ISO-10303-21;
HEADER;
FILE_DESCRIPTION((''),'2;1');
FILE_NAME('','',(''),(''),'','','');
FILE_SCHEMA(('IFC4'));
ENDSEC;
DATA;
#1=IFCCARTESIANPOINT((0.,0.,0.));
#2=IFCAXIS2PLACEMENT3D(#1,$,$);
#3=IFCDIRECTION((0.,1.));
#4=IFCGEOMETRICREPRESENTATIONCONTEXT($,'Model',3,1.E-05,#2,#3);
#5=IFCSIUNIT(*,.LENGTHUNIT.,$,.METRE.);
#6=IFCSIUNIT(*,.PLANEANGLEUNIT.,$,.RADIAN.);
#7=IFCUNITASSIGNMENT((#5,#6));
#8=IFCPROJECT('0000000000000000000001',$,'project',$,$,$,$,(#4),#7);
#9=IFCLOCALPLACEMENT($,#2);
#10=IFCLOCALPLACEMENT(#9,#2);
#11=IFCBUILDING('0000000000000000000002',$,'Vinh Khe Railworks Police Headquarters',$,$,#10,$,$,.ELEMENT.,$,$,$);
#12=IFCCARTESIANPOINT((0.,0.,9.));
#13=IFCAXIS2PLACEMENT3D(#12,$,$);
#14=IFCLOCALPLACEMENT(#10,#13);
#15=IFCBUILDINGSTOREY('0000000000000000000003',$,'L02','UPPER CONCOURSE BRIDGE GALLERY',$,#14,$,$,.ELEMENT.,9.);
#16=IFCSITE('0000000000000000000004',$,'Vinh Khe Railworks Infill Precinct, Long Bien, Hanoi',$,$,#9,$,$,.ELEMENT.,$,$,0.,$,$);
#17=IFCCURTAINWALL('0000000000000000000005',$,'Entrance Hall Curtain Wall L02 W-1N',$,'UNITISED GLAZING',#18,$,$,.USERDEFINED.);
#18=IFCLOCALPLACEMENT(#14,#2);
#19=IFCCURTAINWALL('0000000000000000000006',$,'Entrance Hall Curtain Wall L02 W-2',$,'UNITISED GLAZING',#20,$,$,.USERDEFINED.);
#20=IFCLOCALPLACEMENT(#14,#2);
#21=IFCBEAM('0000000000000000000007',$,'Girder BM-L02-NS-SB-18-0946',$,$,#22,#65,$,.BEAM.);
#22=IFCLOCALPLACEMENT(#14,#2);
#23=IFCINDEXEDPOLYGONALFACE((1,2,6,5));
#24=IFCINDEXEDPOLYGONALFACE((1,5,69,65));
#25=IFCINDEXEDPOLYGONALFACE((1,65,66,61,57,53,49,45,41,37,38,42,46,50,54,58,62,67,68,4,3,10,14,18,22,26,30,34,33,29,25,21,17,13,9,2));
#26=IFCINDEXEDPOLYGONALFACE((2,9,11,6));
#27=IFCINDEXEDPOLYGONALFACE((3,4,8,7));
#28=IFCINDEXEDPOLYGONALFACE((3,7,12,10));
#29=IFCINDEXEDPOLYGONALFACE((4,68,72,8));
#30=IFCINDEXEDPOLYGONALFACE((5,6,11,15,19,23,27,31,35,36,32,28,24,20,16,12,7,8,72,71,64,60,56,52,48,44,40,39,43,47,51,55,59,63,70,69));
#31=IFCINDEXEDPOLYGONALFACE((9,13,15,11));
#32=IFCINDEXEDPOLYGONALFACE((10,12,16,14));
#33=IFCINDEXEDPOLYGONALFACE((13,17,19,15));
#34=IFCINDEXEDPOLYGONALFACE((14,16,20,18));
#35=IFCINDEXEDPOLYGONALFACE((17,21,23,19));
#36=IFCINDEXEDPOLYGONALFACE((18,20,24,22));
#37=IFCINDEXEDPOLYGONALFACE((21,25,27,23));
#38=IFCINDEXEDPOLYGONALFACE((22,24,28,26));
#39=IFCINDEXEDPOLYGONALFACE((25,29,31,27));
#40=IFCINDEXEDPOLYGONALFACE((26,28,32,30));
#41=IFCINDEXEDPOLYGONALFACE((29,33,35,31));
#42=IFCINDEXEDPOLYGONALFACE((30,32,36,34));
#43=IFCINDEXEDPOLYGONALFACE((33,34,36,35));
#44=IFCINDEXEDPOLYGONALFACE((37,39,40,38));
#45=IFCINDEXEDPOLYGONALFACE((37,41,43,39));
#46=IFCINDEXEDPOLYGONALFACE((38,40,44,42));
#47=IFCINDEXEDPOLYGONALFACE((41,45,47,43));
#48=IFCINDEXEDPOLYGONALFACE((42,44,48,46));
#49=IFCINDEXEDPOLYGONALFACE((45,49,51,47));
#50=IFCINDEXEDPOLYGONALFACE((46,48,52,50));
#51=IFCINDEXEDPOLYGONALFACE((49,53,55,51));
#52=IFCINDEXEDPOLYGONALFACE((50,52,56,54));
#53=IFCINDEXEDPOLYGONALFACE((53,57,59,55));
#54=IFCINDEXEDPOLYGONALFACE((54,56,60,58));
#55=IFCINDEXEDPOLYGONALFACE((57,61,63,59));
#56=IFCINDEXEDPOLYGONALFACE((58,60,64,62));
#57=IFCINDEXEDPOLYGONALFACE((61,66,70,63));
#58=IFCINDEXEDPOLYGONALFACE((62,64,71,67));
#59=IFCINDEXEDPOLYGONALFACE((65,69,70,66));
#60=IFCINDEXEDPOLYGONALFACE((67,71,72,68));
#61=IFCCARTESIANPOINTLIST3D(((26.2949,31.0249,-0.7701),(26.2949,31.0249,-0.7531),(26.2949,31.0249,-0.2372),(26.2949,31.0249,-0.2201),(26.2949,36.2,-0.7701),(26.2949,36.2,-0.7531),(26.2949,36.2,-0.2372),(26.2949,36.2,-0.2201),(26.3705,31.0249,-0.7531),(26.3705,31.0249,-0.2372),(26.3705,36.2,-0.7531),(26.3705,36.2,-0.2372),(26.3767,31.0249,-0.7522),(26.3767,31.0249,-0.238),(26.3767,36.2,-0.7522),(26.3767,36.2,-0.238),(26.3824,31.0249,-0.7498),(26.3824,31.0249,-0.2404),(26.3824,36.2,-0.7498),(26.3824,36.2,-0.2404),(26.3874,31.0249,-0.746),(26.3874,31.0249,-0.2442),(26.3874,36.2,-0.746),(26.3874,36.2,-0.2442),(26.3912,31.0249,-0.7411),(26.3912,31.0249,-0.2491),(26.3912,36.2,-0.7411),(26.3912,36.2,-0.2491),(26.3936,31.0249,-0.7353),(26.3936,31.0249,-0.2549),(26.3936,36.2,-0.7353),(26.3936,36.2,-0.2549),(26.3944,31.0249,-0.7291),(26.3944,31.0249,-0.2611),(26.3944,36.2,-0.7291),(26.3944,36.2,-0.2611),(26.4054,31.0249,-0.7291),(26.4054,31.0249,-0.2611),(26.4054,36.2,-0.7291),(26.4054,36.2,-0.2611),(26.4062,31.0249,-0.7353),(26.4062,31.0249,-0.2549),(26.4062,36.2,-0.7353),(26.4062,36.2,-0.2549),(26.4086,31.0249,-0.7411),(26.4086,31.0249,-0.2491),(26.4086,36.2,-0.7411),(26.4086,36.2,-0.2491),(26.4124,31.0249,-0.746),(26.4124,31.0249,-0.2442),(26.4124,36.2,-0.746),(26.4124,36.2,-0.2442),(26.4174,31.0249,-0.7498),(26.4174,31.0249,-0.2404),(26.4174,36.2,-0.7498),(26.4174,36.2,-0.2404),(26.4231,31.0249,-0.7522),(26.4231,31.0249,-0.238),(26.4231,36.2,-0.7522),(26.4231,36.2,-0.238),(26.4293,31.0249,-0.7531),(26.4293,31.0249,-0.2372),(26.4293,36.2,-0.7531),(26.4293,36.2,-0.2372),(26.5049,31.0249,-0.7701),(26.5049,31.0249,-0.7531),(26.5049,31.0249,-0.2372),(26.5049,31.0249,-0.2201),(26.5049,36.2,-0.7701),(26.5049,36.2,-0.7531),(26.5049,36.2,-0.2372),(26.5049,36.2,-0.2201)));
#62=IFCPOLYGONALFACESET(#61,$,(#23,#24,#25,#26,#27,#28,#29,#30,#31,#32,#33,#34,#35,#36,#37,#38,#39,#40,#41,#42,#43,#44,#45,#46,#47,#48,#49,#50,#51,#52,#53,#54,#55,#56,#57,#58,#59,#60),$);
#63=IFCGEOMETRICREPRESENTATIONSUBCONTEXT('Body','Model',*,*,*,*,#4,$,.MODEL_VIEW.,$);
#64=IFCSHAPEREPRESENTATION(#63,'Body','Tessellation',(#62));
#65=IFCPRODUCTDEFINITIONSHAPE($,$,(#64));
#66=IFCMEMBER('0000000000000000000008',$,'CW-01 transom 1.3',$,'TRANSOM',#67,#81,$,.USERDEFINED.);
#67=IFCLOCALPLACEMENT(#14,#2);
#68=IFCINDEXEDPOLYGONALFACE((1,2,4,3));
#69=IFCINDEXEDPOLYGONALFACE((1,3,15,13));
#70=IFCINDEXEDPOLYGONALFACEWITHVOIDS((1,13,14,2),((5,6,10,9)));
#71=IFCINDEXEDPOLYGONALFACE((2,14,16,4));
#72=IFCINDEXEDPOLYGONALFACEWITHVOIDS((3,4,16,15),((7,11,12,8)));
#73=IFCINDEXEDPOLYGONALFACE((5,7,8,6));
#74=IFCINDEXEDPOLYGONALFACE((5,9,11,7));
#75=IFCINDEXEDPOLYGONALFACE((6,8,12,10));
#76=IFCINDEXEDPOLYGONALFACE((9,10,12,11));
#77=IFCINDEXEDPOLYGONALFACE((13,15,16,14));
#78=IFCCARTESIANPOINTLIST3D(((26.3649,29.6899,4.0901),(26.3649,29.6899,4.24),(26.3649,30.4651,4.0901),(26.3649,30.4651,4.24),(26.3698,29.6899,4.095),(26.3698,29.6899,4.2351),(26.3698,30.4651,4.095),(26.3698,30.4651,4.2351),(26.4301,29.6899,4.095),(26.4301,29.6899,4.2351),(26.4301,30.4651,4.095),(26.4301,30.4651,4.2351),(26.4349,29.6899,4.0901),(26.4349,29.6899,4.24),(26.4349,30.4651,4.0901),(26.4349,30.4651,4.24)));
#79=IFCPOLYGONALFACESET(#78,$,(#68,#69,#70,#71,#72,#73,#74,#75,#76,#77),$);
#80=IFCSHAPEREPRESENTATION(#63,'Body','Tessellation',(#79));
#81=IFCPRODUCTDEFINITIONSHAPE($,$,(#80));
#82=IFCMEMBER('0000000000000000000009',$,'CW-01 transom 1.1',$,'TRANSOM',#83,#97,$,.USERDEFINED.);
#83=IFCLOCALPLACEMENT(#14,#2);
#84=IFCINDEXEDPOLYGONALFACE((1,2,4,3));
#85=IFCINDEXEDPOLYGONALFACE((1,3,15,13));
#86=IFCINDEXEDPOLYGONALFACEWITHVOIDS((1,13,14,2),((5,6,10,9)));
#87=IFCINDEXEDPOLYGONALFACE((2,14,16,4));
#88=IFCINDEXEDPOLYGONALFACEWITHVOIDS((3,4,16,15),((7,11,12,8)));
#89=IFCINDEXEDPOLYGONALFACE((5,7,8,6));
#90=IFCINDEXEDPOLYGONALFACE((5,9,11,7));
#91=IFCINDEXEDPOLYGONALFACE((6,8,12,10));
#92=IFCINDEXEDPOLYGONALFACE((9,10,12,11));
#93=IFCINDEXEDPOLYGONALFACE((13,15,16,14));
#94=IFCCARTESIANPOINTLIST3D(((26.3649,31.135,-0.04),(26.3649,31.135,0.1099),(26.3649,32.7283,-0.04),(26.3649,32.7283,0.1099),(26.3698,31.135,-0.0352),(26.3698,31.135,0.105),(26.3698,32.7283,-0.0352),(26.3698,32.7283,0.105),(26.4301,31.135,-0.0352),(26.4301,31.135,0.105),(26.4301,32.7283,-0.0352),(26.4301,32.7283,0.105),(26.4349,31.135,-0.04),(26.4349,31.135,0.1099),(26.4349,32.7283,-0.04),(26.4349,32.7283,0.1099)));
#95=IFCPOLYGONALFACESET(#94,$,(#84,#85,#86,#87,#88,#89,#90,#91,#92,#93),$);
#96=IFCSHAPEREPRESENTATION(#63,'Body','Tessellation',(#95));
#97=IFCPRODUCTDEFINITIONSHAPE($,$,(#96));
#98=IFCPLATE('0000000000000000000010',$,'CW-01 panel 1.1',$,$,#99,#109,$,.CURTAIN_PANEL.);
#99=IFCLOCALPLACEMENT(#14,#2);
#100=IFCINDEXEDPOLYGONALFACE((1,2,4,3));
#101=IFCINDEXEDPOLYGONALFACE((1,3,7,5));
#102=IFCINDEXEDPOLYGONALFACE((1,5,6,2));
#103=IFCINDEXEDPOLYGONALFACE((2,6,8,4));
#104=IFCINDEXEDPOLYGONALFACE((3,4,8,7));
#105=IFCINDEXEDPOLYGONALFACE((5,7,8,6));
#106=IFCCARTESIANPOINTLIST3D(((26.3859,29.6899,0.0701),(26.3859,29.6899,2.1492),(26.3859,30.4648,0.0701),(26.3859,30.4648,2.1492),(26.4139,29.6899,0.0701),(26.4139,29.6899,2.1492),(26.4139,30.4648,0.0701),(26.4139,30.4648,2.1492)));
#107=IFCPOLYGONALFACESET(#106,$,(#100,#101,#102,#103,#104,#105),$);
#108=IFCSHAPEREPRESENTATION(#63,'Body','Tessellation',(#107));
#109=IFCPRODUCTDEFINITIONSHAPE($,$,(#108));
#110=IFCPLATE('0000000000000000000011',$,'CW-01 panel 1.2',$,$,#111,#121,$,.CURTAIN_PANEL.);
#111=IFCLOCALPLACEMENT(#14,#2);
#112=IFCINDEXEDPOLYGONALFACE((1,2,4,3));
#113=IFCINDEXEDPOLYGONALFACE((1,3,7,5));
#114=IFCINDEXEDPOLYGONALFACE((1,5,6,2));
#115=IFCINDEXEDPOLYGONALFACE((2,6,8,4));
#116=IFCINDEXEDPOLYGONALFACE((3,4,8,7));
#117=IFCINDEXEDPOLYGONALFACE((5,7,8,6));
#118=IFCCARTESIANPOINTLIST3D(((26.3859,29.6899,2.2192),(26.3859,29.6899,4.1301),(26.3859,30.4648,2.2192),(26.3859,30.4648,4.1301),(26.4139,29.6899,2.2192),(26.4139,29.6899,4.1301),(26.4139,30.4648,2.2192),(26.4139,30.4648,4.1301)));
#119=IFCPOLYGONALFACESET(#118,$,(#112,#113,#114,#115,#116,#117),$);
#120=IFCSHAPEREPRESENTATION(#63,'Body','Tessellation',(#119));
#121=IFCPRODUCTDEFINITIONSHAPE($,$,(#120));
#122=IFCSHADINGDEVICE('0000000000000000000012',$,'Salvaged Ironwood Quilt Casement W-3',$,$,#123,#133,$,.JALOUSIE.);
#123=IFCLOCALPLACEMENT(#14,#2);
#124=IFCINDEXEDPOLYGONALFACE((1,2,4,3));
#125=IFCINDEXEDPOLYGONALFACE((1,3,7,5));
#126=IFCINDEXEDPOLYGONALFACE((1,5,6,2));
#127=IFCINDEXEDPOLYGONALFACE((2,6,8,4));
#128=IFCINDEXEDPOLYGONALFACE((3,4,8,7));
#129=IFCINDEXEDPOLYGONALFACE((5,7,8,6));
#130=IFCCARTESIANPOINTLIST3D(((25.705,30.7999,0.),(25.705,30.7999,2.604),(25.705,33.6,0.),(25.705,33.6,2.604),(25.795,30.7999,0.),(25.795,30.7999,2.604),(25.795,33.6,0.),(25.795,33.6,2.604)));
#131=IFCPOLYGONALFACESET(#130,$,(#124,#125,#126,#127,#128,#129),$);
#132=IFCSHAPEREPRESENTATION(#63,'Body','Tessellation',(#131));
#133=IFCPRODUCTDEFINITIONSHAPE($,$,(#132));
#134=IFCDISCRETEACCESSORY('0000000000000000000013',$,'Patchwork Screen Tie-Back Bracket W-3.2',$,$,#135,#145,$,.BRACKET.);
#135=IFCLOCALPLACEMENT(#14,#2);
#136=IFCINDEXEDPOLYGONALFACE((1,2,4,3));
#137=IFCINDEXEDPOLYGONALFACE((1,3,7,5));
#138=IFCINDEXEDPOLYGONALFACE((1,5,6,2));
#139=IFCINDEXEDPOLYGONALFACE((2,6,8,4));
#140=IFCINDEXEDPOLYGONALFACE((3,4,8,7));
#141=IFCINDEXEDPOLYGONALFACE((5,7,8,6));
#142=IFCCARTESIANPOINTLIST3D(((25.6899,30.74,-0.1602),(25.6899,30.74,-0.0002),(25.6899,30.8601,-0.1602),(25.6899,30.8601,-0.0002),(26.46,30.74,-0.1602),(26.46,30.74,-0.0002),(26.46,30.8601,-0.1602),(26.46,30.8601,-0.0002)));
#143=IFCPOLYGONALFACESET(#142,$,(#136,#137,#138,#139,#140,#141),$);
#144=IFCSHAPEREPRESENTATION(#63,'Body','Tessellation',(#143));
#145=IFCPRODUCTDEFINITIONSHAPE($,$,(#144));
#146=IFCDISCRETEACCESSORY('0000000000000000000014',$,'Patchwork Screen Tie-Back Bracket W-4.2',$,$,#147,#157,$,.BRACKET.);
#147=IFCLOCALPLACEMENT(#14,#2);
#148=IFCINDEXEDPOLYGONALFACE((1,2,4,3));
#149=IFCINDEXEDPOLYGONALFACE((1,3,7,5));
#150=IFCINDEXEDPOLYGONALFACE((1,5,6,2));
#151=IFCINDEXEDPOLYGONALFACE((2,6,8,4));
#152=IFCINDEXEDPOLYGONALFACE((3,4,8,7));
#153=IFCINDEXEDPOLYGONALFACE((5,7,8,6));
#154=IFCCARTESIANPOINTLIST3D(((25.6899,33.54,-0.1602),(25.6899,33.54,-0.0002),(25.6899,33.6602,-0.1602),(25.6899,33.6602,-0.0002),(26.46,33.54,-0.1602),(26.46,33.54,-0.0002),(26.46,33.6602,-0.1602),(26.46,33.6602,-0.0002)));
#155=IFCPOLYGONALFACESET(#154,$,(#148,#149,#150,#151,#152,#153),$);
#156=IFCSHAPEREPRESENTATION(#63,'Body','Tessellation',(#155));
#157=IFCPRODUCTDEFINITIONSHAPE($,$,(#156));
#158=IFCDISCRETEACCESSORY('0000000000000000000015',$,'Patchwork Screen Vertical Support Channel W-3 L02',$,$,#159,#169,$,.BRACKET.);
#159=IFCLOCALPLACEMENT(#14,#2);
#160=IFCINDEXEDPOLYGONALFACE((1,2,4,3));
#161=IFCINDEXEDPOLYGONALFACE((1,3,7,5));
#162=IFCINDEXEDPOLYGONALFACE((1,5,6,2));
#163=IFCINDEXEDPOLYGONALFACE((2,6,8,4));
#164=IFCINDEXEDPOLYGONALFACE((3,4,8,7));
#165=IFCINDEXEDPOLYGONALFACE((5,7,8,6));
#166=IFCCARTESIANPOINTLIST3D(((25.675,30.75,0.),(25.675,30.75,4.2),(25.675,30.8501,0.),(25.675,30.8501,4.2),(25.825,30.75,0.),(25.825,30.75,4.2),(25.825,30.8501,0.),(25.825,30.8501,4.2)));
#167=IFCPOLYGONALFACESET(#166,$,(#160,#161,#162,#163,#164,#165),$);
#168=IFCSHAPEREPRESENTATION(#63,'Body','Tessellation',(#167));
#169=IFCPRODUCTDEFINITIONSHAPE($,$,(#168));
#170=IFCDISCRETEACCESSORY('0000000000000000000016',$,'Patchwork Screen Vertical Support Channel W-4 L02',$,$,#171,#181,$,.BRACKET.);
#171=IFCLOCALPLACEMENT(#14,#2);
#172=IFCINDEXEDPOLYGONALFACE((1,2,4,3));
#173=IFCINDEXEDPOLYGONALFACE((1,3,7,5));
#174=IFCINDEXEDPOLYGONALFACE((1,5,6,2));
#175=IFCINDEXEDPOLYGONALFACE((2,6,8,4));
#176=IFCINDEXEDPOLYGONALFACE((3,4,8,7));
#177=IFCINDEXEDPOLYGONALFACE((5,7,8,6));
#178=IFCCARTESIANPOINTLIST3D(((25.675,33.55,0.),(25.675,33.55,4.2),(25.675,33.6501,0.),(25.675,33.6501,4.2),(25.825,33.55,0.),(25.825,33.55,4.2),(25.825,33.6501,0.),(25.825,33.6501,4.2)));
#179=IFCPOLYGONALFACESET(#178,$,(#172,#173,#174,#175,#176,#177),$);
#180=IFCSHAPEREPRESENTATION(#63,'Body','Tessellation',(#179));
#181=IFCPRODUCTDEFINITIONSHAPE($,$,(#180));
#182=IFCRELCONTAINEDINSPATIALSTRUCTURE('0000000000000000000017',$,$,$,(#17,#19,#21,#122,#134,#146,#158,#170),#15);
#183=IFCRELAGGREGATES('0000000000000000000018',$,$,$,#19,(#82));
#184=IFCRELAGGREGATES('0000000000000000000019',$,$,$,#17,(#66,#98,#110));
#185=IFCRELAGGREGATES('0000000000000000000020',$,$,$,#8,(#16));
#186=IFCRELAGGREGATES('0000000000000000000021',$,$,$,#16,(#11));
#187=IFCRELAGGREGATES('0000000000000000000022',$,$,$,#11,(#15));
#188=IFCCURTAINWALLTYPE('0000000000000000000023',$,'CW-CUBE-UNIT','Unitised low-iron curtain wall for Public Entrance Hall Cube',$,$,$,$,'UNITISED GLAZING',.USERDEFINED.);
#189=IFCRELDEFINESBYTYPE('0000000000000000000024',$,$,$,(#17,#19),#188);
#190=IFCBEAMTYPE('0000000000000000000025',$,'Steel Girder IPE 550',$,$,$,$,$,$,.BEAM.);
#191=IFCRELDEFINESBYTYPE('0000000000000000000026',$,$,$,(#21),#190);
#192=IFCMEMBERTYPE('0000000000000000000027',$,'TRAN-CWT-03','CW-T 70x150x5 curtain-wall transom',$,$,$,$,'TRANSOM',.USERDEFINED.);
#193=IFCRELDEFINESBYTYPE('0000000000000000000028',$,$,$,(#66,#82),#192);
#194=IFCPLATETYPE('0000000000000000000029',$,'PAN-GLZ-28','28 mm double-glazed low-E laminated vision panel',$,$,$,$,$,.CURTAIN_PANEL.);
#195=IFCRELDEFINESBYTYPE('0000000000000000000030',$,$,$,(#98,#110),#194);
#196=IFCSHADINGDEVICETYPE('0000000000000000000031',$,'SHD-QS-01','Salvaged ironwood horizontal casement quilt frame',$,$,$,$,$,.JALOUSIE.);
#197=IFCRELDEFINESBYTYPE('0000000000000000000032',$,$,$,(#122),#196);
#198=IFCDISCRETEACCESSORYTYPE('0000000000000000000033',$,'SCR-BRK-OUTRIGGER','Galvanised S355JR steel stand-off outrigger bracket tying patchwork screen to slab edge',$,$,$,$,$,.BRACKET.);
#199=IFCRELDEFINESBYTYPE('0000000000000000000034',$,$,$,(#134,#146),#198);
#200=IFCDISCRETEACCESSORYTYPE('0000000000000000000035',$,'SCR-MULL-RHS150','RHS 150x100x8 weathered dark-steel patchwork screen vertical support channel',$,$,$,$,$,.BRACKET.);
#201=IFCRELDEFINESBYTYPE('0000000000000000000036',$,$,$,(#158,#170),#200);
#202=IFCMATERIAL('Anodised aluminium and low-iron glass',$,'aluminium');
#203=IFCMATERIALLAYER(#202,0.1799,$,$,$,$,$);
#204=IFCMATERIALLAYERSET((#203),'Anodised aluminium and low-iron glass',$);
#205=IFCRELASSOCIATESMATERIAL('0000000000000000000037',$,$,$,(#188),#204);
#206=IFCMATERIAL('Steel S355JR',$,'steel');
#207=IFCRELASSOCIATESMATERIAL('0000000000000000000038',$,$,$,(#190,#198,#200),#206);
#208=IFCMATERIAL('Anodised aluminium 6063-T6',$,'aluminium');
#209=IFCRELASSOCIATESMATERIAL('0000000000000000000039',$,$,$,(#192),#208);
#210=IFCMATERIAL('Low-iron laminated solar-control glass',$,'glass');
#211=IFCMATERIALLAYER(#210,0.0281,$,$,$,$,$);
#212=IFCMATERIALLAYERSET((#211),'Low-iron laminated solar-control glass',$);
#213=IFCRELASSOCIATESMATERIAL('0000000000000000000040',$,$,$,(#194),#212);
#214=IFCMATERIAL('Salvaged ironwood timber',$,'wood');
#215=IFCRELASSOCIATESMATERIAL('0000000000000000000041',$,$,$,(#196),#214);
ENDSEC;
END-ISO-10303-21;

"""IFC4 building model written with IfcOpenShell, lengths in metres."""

from ifc_helpers import new_model, si_unit, direction, frame, origin, origin_2d, place, context, subcontext, project, spatial, rectangle, hollow_rectangle, i_section, extrude, material, layer, layer_set, material_profile, profile_set, type_object, element, aggregate, save


model = new_model("IFC4")

# Units and contexts
model_context = context("Model", 3, precision=1e-05, world=origin(), true_north=direction((0.0, 1.0)))
body_context = subcontext(model_context, "Body", "Model", "MODEL_VIEW")
ifc_project = project(units=[si_unit("LENGTHUNIT", "METRE"), si_unit("PLANEANGLEUNIT", "RADIAN")], contexts=[model_context])

# Site, building, storey
site_placement = place(None, origin())
site = spatial("IfcSite", under=ifc_project, at=site_placement, Name="Vinh Khe Railworks Infill Precinct, Long Bien, Hanoi", CompositionType="ELEMENT", RefElevation=0.0)
building_placement = place(site_placement, origin())
building = spatial("IfcBuilding", under=site, at=building_placement, Name="Vinh Khe Railworks Police Headquarters", CompositionType="ELEMENT")
storey_placement = place(building_placement, frame((0.0, 0.0, 9.0)))
storey = spatial("IfcBuildingStorey", under=building, at=storey_placement, Name="L02", Description="UPPER CONCOURSE BRIDGE GALLERY", CompositionType="ELEMENT", Elevation=9.0)

# Shared definitions
ifc_material_1 = material(Name="Steel S355JR", Category="steel")

# Shared definitions
ifc_material_2 = material(Name="Salvaged ironwood timber", Category="wood")

# Curtain walls
ifc_material_3 = material(Name="Anodised aluminium and low-iron glass", Category="aluminium")
ifc_layer_1 = layer(ifc_material_3, 0.1799)
ifc_layer_set_1 = layer_set([ifc_layer_1], Name="Anodised aluminium and low-iron glass")
curtain_wall_type = type_object("IfcCurtainWallType", Name="CW-CUBE-UNIT", Description="Unitised low-iron curtain wall for Public Entrance Hall Cube", ElementType="UNITISED GLAZING", PredefinedType="USERDEFINED", material=ifc_layer_set_1)
curtain_wall_1_placement = place(storey_placement, origin())
curtain_wall_1 = element("IfcCurtainWall", 1, at=curtain_wall_1_placement, inside=storey, type_object=curtain_wall_type, Name="Entrance Hall Curtain Wall L02 W-1N", ObjectType="UNITISED GLAZING", PredefinedType="USERDEFINED")
ifc_material_4 = material(Name="Anodised aluminium 6063-T6", Category="aluminium")
curtain_wall_2_placement = place(storey_placement, origin())
curtain_wall_2 = element("IfcCurtainWall", 2, at=curtain_wall_2_placement, inside=storey, type_object=curtain_wall_type, Name="Entrance Hall Curtain Wall L02 W-2", ObjectType="UNITISED GLAZING", PredefinedType="USERDEFINED")

# Beam
ifc_material_profile_1 = material_profile(ifc_material_1, i_section(OverallWidth=0.21, OverallDepth=0.55, WebThickness=0.011, FlangeThickness=0.0171, FilletRadius=0.0239, at=origin_2d()), Name="IPE 550")
ifc_profile_set_1 = profile_set([ifc_material_profile_1], Name="Steel S355JR")
beam_type = type_object("IfcBeamType", Name="Steel Girder IPE 550", PredefinedType="BEAM", material=ifc_profile_set_1)
beam_placement = place(storey_placement, frame((26.3999, 31.0249, -0.4951), z_axis=(0.0, 1.0, 0.0), x_axis=(-1.0, 0.0, 0.0)))
element("IfcBeam", 3, at=beam_placement, inside=storey, type_object=beam_type, Name="Girder BM-L02-NS-SB-18-0946", PredefinedType="BEAM", context=body_context, shape_type="SweptSolid", body=[
    extrude(i_section(OverallWidth=0.21, OverallDepth=0.55, WebThickness=0.011, FlangeThickness=0.0171, FilletRadius=0.0239, at=origin_2d()), origin(), (0.0, 0.0, 1.0), 5.175),
])

# Members
ifc_material_profile_2 = material_profile(ifc_material_4, hollow_rectangle(XDim=0.0701, YDim=0.1499, WallThickness=0.0049, at=origin_2d()), Name="CW-T 70x150x5")
ifc_profile_set_2 = profile_set([ifc_material_profile_2], Name="Anodised aluminium 6063-T6")
member_type_1 = type_object("IfcMemberType", Name="TRAN-CWT-03", Description="CW-T 70x150x5 curtain-wall transom", ElementType="TRANSOM", PredefinedType="USERDEFINED", material=ifc_profile_set_2)
member_1_placement = place(storey_placement, frame((26.3999, 29.6899, 4.165), z_axis=(0.0, 1.0, 0.0), x_axis=(-1.0, 0.0, 0.0)))
member_1 = element("IfcMember", 4, at=member_1_placement, type_object=member_type_1, Name="CW-01 transom 1.3", ObjectType="TRANSOM", PredefinedType="USERDEFINED", context=body_context, shape_type="SweptSolid", body=[
    extrude(hollow_rectangle(XDim=0.0701, YDim=0.1499, WallThickness=0.0049, at=origin_2d()), origin(), (0.0, 0.0, 1.0), 0.7751),
])
member_2_placement = place(storey_placement, frame((26.3999, 31.135, 0.0349), z_axis=(0.0, 1.0, 0.0), x_axis=(-1.0, 0.0, 0.0)))
member_2 = element("IfcMember", 5, at=member_2_placement, type_object=member_type_1, Name="CW-01 transom 1.1", ObjectType="TRANSOM", PredefinedType="USERDEFINED", context=body_context, shape_type="SweptSolid", body=[
    extrude(hollow_rectangle(XDim=0.0701, YDim=0.1499, WallThickness=0.0049, at=origin_2d()), origin(), (0.0, 0.0, 1.0), 1.5933),
])
aggregate(curtain_wall_2, [member_2])

# Plates
ifc_material_5 = material(Name="Low-iron laminated solar-control glass", Category="glass")
ifc_layer_2 = layer(ifc_material_5, 0.0281)
ifc_layer_set_2 = layer_set([ifc_layer_2], Name="Low-iron laminated solar-control glass")
plate_type = type_object("IfcPlateType", Name="PAN-GLZ-28", Description="28 mm double-glazed low-E laminated vision panel", PredefinedType="CURTAIN_PANEL", material=ifc_layer_set_2)
plate_1_placement = place(storey_placement, frame((26.3999, 30.0774, 0.0701), z_axis=(0.0, 0.0, 1.0), x_axis=(0.0, 1.0, 0.0)))
plate_1 = element("IfcPlate", 6, at=plate_1_placement, type_object=plate_type, Name="CW-01 panel 1.1", PredefinedType="CURTAIN_PANEL", context=body_context, shape_type="SweptSolid", body=[
    extrude(rectangle(XDim=0.7749, YDim=0.0281, at=origin_2d()), origin(), (0.0, 0.0, 1.0), 2.0791),
])
plate_2_placement = place(storey_placement, frame((26.3999, 30.0774, 2.2192), z_axis=(0.0, 0.0, 1.0), x_axis=(0.0, 1.0, 0.0)))
plate_2 = element("IfcPlate", 7, at=plate_2_placement, type_object=plate_type, Name="CW-01 panel 1.2", PredefinedType="CURTAIN_PANEL", context=body_context, shape_type="SweptSolid", body=[
    extrude(rectangle(XDim=0.7749, YDim=0.0281, at=origin_2d()), origin(), (0.0, 0.0, 1.0), 1.9109),
])
aggregate(curtain_wall_1, [member_1, plate_1, plate_2])

# Shading device
shading_device_type = type_object("IfcShadingDeviceType", Name="SHD-QS-01", Description="Salvaged ironwood horizontal casement quilt frame", PredefinedType="JALOUSIE", material=ifc_material_2)
shading_device_placement = place(storey_placement, frame((25.75, 32.2, 0.0), z_axis=(0.0, 0.0, 1.0), x_axis=(0.0, 1.0, 0.0)))
element("IfcShadingDevice", 8, at=shading_device_placement, inside=storey, type_object=shading_device_type, Name="Salvaged Ironwood Quilt Casement W-3", PredefinedType="JALOUSIE", context=body_context, shape_type="SweptSolid", body=[
    extrude(rectangle(XDim=2.8, YDim=0.0901, at=origin_2d()), origin(), (0.0, 0.0, 1.0), 2.604),
])

# Discrete accessories
discrete_accessory_type_1 = type_object("IfcDiscreteAccessoryType", Name="SCR-BRK-OUTRIGGER", Description="Galvanised S355JR steel stand-off outrigger bracket tying patchwork screen to slab edge", PredefinedType="BRACKET", material=ifc_material_1)
for number, where, z_axis, x_axis, name in (
    (9, (26.075, 30.8, -0.1602), (0.0, 0.0, 1.0), (1.0, 0.0, 0.0), "Patchwork Screen Tie-Back Bracket W-3.2"),
    (10, (26.075, 33.6001, -0.1602), (0.0, 0.0, 1.0), (1.0, 0.0, 0.0), "Patchwork Screen Tie-Back Bracket W-4.2"),
):
    element("IfcDiscreteAccessory", number, at=place(storey_placement, frame(where, z_axis=z_axis, x_axis=x_axis)), inside=storey, type_object=discrete_accessory_type_1, Name=name, PredefinedType="BRACKET", context=body_context, shape_type="SweptSolid", body=[
        extrude(rectangle(XDim=0.77, YDim=0.1201, at=origin_2d()), origin(), (0.0, 0.0, 1.0), 0.1599),
    ])
discrete_accessory_type_2 = type_object("IfcDiscreteAccessoryType", Name="SCR-MULL-RHS150", Description="RHS 150x100x8 weathered dark-steel patchwork screen vertical support channel", PredefinedType="BRACKET", material=ifc_material_1)
for number, where, z_axis, x_axis, name in (
    (11, (25.75, 30.8, 0.0), (0.0, 0.0, 1.0), (1.0, 0.0, 0.0), "Patchwork Screen Vertical Support Channel W-3 L02"),
    (12, (25.75, 33.6001, 0.0), (0.0, 0.0, 1.0), (1.0, 0.0, 0.0), "Patchwork Screen Vertical Support Channel W-4 L02"),
):
    element("IfcDiscreteAccessory", number, at=place(storey_placement, frame(where, z_axis=z_axis, x_axis=x_axis)), inside=storey, type_object=discrete_accessory_type_2, Name=name, PredefinedType="BRACKET", context=body_context, shape_type="SweptSolid", body=[
        extrude(rectangle(XDim=0.1499, YDim=0.1001, at=origin_2d()), origin(), (0.0, 0.0, 1.0), 4.2),
    ])

save(model, "model.ifc")
